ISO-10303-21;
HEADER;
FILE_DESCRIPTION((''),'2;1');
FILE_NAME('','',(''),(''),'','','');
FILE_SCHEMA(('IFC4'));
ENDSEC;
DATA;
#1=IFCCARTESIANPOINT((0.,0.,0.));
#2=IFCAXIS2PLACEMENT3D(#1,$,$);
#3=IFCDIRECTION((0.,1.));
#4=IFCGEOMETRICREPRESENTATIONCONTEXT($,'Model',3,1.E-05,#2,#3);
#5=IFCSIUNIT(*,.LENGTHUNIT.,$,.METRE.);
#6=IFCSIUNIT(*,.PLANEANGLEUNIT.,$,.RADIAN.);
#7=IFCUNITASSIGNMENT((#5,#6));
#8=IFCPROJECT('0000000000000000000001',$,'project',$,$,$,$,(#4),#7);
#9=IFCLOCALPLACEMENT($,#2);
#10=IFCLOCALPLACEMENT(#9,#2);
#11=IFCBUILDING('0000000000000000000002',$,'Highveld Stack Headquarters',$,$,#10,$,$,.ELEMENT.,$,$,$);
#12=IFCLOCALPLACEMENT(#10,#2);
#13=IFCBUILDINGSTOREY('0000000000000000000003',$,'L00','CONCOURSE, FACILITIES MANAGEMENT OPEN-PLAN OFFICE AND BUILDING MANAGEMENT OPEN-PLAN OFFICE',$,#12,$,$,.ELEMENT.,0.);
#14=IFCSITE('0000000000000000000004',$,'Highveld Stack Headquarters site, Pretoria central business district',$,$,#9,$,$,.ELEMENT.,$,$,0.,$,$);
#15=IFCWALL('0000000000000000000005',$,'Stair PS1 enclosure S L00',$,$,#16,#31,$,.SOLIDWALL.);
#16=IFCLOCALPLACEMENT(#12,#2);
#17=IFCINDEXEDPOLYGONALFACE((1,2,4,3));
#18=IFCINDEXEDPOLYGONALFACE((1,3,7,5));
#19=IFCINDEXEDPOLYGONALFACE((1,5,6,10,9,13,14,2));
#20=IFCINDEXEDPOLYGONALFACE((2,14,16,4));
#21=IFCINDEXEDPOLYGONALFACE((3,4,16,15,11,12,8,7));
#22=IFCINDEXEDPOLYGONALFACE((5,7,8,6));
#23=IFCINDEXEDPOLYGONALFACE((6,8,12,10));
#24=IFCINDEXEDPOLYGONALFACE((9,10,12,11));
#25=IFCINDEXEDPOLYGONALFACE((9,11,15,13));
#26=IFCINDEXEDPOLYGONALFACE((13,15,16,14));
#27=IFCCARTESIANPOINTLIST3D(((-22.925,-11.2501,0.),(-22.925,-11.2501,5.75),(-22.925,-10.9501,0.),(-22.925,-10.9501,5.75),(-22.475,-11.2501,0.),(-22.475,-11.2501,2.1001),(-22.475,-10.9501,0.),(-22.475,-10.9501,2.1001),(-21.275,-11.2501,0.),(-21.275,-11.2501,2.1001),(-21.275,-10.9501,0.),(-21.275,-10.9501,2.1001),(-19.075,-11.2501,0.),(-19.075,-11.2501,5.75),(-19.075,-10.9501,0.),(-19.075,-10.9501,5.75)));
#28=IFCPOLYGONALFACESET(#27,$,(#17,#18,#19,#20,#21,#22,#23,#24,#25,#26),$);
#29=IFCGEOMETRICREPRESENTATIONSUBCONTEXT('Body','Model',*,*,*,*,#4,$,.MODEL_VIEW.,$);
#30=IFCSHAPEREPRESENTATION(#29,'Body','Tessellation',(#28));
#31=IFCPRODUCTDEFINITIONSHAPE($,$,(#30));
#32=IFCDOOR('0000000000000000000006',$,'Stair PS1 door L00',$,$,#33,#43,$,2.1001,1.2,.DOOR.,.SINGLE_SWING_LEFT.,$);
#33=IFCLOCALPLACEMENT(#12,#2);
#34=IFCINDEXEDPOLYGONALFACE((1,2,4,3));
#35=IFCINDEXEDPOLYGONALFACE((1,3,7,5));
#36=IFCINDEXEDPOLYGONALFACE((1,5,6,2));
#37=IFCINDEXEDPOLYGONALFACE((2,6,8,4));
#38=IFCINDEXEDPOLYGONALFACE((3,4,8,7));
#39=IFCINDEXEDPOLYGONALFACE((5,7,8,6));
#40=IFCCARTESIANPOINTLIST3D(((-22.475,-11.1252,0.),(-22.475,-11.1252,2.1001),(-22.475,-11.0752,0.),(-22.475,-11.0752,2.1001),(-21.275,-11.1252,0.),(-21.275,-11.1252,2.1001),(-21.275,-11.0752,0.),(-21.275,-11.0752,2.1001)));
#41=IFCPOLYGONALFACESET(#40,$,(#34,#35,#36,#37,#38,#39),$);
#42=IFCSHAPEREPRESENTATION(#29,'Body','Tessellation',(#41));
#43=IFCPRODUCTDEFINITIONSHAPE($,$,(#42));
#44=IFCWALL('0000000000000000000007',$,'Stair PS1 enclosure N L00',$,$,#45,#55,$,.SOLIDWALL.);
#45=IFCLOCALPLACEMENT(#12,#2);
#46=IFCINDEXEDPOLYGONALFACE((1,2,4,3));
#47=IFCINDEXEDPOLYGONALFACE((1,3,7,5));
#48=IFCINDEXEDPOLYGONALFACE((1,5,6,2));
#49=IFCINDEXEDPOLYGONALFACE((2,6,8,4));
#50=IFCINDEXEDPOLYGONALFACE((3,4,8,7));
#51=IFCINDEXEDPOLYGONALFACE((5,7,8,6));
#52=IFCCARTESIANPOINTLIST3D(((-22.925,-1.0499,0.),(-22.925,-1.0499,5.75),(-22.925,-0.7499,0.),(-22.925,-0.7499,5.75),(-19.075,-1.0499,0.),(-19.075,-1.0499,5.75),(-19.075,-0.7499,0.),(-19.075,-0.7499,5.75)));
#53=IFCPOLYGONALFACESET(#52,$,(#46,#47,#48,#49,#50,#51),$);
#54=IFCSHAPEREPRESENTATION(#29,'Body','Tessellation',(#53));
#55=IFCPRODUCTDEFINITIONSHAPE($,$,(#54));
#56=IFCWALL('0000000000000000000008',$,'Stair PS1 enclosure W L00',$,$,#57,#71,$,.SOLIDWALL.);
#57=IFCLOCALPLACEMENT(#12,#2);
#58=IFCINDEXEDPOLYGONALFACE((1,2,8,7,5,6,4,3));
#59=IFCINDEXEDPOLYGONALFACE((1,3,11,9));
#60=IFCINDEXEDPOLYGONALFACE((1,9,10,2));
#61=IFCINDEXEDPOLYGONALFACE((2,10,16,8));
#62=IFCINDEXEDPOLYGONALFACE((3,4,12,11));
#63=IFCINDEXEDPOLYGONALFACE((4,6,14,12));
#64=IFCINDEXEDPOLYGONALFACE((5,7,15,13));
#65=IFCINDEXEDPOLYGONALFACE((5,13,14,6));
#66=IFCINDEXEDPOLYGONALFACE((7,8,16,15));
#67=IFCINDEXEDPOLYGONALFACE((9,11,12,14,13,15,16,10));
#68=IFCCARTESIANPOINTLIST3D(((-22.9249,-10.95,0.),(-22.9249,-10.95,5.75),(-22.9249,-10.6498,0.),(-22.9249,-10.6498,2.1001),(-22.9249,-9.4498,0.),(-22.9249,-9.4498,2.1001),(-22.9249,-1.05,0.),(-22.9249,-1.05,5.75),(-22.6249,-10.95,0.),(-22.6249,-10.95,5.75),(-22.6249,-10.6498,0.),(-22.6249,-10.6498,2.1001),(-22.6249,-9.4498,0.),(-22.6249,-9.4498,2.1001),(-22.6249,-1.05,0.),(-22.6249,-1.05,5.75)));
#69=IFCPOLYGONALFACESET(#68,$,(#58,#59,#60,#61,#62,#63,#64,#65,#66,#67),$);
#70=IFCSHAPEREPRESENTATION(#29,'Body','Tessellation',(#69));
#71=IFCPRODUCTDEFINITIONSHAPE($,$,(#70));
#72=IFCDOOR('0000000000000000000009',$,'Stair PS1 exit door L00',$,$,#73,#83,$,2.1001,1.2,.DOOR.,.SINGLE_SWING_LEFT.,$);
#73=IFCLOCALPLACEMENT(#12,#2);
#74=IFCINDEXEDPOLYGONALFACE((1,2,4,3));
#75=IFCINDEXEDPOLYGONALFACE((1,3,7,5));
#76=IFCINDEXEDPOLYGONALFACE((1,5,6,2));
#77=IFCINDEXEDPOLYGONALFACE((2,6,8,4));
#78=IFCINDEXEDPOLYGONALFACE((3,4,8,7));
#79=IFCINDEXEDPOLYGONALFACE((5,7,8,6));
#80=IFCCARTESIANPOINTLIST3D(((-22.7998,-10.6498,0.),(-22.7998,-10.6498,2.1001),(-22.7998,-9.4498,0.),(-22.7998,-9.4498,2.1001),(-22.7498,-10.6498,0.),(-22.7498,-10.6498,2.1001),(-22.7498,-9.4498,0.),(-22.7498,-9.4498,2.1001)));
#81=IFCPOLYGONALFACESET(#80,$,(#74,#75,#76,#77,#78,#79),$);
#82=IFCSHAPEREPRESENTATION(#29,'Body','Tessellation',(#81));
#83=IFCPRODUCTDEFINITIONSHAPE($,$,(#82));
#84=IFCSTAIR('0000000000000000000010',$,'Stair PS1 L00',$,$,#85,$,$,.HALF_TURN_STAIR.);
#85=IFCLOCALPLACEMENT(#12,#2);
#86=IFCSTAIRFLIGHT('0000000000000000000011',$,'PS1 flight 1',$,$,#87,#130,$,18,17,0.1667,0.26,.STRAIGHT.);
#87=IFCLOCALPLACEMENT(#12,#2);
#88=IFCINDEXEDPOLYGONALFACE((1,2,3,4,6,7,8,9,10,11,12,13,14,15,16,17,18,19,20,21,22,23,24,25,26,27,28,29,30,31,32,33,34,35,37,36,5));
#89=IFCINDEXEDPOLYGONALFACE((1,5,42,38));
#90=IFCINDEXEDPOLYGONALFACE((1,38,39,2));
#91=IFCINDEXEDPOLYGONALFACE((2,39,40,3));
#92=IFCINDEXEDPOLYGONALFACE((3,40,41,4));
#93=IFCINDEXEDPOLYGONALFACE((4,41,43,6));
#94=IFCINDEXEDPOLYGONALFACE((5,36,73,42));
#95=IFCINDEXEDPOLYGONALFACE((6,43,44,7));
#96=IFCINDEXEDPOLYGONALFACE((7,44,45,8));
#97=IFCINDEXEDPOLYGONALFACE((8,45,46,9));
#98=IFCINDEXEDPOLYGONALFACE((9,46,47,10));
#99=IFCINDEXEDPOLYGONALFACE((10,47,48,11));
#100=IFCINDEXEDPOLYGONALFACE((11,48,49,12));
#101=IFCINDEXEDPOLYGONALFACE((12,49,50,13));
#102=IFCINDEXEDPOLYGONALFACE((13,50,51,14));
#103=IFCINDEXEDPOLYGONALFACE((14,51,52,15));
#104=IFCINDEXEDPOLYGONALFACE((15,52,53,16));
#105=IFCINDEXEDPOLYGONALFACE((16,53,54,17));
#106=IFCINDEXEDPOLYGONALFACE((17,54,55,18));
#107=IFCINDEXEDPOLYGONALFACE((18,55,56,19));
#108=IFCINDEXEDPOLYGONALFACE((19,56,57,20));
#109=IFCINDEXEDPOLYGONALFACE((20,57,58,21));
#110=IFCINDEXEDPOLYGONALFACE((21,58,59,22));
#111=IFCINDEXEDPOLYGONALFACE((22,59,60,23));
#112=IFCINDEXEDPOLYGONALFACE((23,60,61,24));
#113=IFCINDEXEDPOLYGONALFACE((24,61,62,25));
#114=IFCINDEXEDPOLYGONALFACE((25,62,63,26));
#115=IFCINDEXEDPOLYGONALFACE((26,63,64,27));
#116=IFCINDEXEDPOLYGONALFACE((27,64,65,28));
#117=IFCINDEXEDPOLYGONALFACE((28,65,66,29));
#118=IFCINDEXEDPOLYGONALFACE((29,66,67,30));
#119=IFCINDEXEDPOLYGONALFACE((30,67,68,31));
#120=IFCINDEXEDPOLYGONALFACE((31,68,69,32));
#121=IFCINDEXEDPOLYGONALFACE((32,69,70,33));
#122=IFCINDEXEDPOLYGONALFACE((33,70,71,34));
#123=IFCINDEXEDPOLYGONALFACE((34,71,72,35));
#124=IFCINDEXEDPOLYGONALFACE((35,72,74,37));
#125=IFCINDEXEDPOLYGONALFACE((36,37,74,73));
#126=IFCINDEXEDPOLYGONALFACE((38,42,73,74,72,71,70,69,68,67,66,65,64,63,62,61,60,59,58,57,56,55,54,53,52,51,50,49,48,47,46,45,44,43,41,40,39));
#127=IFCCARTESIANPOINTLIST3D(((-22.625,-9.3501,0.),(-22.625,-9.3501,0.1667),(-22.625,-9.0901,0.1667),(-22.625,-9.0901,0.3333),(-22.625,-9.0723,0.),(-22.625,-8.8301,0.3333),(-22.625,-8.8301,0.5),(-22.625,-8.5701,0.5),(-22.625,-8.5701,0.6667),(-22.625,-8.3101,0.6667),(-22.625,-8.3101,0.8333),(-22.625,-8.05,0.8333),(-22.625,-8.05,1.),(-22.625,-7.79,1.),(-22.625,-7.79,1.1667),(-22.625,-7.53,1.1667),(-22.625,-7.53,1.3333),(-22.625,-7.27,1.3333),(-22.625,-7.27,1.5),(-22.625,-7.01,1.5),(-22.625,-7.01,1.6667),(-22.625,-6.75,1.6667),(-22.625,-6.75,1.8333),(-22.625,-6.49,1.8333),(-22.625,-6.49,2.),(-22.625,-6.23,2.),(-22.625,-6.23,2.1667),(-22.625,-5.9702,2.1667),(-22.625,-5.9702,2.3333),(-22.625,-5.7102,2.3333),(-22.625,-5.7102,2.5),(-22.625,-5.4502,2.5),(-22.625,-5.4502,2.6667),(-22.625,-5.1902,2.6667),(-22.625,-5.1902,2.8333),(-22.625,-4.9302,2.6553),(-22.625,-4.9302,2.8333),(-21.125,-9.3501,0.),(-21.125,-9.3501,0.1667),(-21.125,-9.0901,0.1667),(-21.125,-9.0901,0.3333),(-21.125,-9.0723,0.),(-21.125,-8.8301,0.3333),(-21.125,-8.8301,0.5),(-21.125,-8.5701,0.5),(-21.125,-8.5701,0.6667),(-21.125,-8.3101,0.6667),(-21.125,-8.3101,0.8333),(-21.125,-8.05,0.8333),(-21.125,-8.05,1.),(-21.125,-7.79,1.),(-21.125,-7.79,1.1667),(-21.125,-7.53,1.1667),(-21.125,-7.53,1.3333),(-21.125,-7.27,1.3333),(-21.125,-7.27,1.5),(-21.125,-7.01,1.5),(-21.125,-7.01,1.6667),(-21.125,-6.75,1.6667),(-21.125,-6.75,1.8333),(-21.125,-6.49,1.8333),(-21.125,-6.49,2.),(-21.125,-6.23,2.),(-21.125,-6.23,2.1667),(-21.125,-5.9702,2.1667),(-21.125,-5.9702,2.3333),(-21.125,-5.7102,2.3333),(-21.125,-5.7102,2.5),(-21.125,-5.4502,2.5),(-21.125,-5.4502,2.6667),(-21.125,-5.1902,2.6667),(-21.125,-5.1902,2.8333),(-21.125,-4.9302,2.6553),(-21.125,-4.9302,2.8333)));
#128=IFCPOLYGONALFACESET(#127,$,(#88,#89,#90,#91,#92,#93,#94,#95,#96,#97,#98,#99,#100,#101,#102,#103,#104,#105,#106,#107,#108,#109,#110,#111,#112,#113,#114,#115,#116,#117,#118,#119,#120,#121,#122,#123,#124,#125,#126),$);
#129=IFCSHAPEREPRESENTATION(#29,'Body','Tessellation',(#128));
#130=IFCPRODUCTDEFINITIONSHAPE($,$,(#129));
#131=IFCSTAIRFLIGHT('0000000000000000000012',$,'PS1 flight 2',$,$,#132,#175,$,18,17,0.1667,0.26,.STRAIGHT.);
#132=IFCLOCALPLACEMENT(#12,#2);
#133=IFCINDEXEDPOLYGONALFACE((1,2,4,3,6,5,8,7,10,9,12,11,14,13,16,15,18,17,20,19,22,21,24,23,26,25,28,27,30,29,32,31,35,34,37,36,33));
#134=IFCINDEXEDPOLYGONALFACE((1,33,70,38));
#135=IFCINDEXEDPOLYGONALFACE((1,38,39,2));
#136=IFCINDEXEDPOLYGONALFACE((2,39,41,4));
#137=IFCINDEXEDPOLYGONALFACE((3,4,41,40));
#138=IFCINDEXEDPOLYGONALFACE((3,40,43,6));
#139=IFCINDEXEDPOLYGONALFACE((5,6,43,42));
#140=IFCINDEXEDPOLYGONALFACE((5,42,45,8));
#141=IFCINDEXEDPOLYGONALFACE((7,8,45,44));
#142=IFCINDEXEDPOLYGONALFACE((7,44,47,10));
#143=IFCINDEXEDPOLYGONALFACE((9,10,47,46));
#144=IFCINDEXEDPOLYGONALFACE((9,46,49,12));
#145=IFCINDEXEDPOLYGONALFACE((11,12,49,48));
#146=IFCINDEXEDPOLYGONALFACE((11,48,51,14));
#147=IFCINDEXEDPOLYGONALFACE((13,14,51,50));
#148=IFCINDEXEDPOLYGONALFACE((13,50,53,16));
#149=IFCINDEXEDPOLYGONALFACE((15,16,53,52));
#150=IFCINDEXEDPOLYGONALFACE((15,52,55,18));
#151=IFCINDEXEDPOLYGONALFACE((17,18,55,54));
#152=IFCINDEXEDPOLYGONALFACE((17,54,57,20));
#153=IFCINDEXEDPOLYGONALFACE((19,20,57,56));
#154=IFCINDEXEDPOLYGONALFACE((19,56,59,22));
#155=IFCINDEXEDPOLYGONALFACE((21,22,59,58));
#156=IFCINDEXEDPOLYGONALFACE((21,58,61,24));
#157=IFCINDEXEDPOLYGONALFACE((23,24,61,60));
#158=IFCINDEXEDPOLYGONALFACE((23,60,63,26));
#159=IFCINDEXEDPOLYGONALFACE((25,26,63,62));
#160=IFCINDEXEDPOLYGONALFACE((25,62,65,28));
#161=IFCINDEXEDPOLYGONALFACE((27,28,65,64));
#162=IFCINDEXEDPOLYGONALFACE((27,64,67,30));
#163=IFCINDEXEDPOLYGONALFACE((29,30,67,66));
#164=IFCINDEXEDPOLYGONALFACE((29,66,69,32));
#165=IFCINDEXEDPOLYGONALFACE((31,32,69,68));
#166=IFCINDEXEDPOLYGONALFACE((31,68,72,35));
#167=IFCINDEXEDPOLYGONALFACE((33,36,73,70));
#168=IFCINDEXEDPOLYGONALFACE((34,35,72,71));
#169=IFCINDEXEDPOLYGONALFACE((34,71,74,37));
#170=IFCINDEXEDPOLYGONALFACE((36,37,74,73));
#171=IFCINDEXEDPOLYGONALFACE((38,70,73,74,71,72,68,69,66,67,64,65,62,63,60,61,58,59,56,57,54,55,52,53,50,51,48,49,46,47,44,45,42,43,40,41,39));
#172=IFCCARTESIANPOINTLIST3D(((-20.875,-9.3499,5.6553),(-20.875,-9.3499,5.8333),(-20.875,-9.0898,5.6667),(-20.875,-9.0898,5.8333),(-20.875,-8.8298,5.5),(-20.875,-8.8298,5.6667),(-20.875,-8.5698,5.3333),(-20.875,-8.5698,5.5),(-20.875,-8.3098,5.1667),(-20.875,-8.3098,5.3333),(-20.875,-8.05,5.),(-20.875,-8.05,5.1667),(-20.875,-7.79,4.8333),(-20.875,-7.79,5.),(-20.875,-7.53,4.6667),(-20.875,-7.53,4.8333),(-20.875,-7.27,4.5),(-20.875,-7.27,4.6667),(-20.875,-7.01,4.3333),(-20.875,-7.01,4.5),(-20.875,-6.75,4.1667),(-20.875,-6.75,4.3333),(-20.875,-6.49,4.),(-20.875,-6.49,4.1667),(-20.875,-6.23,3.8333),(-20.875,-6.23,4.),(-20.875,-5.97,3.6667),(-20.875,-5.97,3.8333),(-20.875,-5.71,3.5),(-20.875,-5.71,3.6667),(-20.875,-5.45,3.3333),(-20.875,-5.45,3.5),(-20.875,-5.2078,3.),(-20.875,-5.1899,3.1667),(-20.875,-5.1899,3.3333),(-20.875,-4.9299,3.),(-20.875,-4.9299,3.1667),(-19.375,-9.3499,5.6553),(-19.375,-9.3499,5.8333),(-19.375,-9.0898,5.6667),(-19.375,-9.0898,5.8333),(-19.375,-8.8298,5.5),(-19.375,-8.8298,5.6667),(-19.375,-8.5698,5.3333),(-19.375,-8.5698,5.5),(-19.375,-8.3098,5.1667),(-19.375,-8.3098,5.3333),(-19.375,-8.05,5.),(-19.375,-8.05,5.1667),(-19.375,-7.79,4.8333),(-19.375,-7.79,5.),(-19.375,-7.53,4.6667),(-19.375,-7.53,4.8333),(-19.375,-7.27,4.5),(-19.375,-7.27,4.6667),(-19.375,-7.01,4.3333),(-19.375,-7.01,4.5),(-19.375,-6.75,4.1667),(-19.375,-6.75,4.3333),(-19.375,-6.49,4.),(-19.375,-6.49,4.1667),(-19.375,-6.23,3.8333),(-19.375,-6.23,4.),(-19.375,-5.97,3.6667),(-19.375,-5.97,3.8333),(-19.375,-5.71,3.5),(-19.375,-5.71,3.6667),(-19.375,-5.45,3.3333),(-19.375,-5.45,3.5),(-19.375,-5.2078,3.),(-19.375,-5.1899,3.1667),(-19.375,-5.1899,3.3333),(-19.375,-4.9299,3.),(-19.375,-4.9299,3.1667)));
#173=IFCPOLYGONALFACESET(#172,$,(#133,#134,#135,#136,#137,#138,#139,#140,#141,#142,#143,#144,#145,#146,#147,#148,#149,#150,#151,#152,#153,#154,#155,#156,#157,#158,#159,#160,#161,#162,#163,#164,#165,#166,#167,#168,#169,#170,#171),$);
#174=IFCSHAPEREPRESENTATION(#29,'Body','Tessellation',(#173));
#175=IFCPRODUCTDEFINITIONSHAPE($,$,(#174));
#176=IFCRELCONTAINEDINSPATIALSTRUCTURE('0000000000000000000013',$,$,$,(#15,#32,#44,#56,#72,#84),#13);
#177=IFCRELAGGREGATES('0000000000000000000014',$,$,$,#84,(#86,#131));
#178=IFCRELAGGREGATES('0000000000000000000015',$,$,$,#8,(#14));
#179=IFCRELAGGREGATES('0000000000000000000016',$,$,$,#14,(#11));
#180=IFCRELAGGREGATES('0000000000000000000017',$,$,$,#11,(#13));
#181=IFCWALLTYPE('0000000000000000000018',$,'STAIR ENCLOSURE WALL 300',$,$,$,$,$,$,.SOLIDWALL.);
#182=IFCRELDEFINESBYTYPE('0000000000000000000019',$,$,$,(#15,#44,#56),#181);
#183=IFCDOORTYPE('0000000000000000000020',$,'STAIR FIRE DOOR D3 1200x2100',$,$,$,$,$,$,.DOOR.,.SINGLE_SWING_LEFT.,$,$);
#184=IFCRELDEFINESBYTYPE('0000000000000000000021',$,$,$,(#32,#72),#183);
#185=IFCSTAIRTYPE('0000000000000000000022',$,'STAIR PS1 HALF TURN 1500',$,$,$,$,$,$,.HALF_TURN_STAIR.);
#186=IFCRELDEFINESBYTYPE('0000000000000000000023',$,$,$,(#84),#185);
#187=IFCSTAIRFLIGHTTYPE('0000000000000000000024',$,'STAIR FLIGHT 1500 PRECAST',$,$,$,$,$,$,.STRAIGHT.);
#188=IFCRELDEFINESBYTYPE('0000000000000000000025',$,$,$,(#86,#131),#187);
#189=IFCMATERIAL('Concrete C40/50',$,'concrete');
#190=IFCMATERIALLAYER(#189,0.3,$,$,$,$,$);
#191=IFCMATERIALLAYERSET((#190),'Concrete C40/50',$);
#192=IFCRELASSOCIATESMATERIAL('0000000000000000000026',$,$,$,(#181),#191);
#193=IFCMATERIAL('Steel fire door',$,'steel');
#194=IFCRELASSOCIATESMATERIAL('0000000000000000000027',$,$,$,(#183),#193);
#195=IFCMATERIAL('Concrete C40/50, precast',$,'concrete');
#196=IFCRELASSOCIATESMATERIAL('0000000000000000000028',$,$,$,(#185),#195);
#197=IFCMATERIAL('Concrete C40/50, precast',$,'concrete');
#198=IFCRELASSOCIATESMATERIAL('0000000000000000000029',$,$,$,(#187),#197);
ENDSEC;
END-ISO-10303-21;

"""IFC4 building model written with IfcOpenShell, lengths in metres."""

from ifc_helpers import new_model, si_unit, direction, frame, frame_2d, origin, place, context, subcontext, project, spatial, polyline, rectangle, outline, extrude, material, layer, layer_set, type_object, element, fill, aggregate, save


model = new_model("IFC4")

# Units and contexts
model_context = context("Model", 3, precision=1e-05, world=origin(), true_north=direction((0.0, 1.0)))
body_context = subcontext(model_context, "Body", "Model", "MODEL_VIEW")
ifc_project = project(units=[si_unit("LENGTHUNIT", "METRE"), si_unit("PLANEANGLEUNIT", "RADIAN")], contexts=[model_context])

# Site, building, storey
site_placement = place(None, origin())
site = spatial("IfcSite", under=ifc_project, at=site_placement, Name="Highveld Stack Headquarters site, Pretoria central business district", CompositionType="ELEMENT", RefElevation=0.0)
building_placement = place(site_placement, origin())
building = spatial("IfcBuilding", under=site, at=building_placement, Name="Highveld Stack Headquarters", CompositionType="ELEMENT")
storey_placement = place(building_placement, origin())
storey = spatial("IfcBuildingStorey", under=building, at=storey_placement, Name="L00", Description="CONCOURSE, FACILITIES MANAGEMENT OPEN-PLAN OFFICE AND BUILDING MANAGEMENT OPEN-PLAN OFFICE", CompositionType="ELEMENT", Elevation=0.0)

# Wall, opening, door
ifc_material_1 = material(Name="Concrete C40/50", Category="concrete")
ifc_layer_1 = layer(ifc_material_1, 0.3)
ifc_layer_set_1 = layer_set([ifc_layer_1], Name="Concrete C40/50")
wall_type_1 = type_object("IfcWallType", Name="STAIR ENCLOSURE WALL 300", PredefinedType="SOLIDWALL", material=ifc_layer_set_1)
wall_1_placement = place(storey_placement, frame((-22.925, -11.1001, 0.0), z_axis=(0.0, 0.0, 1.0), x_axis=(1.0, 0.0, 0.0)))
wall_1 = element("IfcWall", 1, at=wall_1_placement, inside=storey, type_object=wall_type_1, Name="Stair PS1 enclosure S L00", PredefinedType="SOLIDWALL", context=body_context, shape_type="SweptSolid", body=[
    extrude(rectangle(XDim=3.8501, YDim=0.3, at=frame_2d((1.925, 0.0))), origin(), (0.0, 0.0, 1.0), 5.75),
])
opening_1_placement = place(wall_1_placement, frame((0.45, 0.0, 0.0)))
opening_1 = element("IfcOpeningElement", 2, at=opening_1_placement, cuts=wall_1, PredefinedType="OPENING", context=body_context, shape_type="SweptSolid", body=[
    extrude(rectangle(XDim=1.2, YDim=2.1001, at=frame_2d((0.6001, 1.05))), frame((0.0, 0.1599, 0.0), z_axis=(0.0, -1.0, 0.0), x_axis=(1.0, 0.0, 0.0)), (0.0, 0.0, 1.0), 0.3201),
])
ifc_material_2 = material(Name="Steel fire door", Category="steel")
door_type = type_object("IfcDoorType", Name="STAIR FIRE DOOR D3 1200x2100", OperationType="SINGLE_SWING_LEFT", PredefinedType="DOOR", material=ifc_material_2)
door_1_placement = place(opening_1_placement, origin())
door_1 = element("IfcDoor", 3, at=door_1_placement, inside=storey, type_object=door_type, Name="Stair PS1 door L00", OperationType="SINGLE_SWING_LEFT", OverallHeight=2.1001, OverallWidth=1.2, PredefinedType="DOOR", context=body_context, shape_type="SweptSolid", body=[
    extrude(rectangle(XDim=1.2, YDim=2.1001, at=frame_2d((0.6001, 1.05))), frame((0.0, 0.0249, 0.0), z_axis=(0.0, -1.0, 0.0), x_axis=(1.0, 0.0, 0.0)), (0.0, 0.0, 1.0), 0.05),
])
fill(opening_1, door_1)

# Wall
wall_2_placement = place(storey_placement, frame((-22.925, -0.8999, 0.0), z_axis=(0.0, 0.0, 1.0), x_axis=(1.0, 0.0, 0.0)))
element("IfcWall", 4, at=wall_2_placement, inside=storey, type_object=wall_type_1, Name="Stair PS1 enclosure N L00", PredefinedType="SOLIDWALL", context=body_context, shape_type="SweptSolid", body=[
    extrude(rectangle(XDim=3.8501, YDim=0.3, at=frame_2d((1.925, 0.0))), origin(), (0.0, 0.0, 1.0), 5.75),
])

# Wall, opening, door
wall_3_placement = place(storey_placement, frame((-22.7749, -10.95, 0.0), z_axis=(0.0, 0.0, 1.0), x_axis=(0.0, 1.0, 0.0)))
wall_3 = element("IfcWall", 5, at=wall_3_placement, inside=storey, type_object=wall_type_1, Name="Stair PS1 enclosure W L00", PredefinedType="SOLIDWALL", context=body_context, shape_type="SweptSolid", body=[
    extrude(rectangle(XDim=9.8999, YDim=0.3, at=frame_2d((4.95, 0.0))), origin(), (0.0, 0.0, 1.0), 5.75),
])
opening_2_placement = place(wall_3_placement, frame((0.3, 0.0, 0.0)))
opening_2 = element("IfcOpeningElement", 6, at=opening_2_placement, cuts=wall_3, PredefinedType="OPENING", context=body_context, shape_type="SweptSolid", body=[
    extrude(rectangle(XDim=1.2, YDim=2.1001, at=frame_2d((0.6001, 1.05))), frame((0.0, 0.1599, 0.0), z_axis=(0.0, -1.0, 0.0), x_axis=(1.0, 0.0, 0.0)), (0.0, 0.0, 1.0), 0.3201),
])
door_2_placement = place(opening_2_placement, origin())
door_2 = element("IfcDoor", 7, at=door_2_placement, inside=storey, type_object=door_type, Name="Stair PS1 exit door L00", OperationType="SINGLE_SWING_LEFT", OverallHeight=2.1001, OverallWidth=1.2, PredefinedType="DOOR", context=body_context, shape_type="SweptSolid", body=[
    extrude(rectangle(XDim=1.2, YDim=2.1001, at=frame_2d((0.6001, 1.05))), frame((0.0, 0.0249, 0.0), z_axis=(0.0, -1.0, 0.0), x_axis=(1.0, 0.0, 0.0)), (0.0, 0.0, 1.0), 0.05),
])
fill(opening_2, door_2)

# Stair, stair flights
ifc_material_3 = material(Name="Concrete C40/50, precast", Category="concrete")
stair_type = type_object("IfcStairType", Name="STAIR PS1 HALF TURN 1500", PredefinedType="HALF_TURN_STAIR", material=ifc_material_3)
stair_placement = place(storey_placement, origin())
stair = element("IfcStair", 8, at=stair_placement, inside=storey, type_object=stair_type, Name="Stair PS1 L00", PredefinedType="HALF_TURN_STAIR")
ifc_material_4 = material(Name="Concrete C40/50, precast", Category="concrete")
stair_flight_type = type_object("IfcStairFlightType", Name="STAIR FLIGHT 1500 PRECAST", PredefinedType="STRAIGHT", material=ifc_material_4)
stair_flight_1_placement = place(storey_placement, frame((-21.875, -9.3501, 0.0), z_axis=(0.0, 0.0, 1.0), x_axis=(0.0, 1.0, 0.0)))
stair_flight_1 = element("IfcStairFlight", 9, at=stair_flight_1_placement, type_object=stair_flight_type, Name="PS1 flight 1", NumberOfRisers=18, NumberOfTreads=17, PredefinedType="STRAIGHT", RiserHeight=0.1667, TreadLength=0.26, context=body_context, shape_type="SweptSolid", body=[
    extrude(outline(polyline([(0.0, 0.0), (0.0, 0.1667), (0.26, 0.1667), (0.26, 0.3333), (0.52, 0.3333), (0.52, 0.5), (0.78, 0.5), (0.78, 0.6667), (1.04, 0.6667), (1.04, 0.8333), (1.3, 0.8333), (1.3, 1.0), (1.5601, 1.0), (1.5601, 1.1667), (1.8201, 1.1667), (1.8201, 1.3333), (2.0801, 1.3333), (2.0801, 1.5), (2.3401, 1.5), (2.3401, 1.6667), (2.6001, 1.6667), (2.6001, 1.8333), (2.8601, 1.8333), (2.8601, 2.0), (3.1201, 2.0), (3.1201, 2.1667), (3.3799, 2.1667), (3.3799, 2.3333), (3.6399, 2.3333), (3.6399, 2.5), (3.8999, 2.5), (3.8999, 2.6667), (4.1599, 2.6667), (4.1599, 2.8333), (4.4199, 2.8333), (4.4199, 3.0), (4.4199, 2.6553), (0.2778, 0.0), (0.0, 0.0)])), frame((0.0, 0.75, 0.0), z_axis=(0.0, -1.0, 0.0), x_axis=(1.0, 0.0, 0.0)), (0.0, 0.0, 1.0), 1.5),
])
stair_flight_2_placement = place(storey_placement, frame((-20.125, -4.9299, 3.0), z_axis=(0.0, 0.0, 1.0), x_axis=(0.0, -1.0, 0.0)))
stair_flight_2 = element("IfcStairFlight", 10, at=stair_flight_2_placement, type_object=stair_flight_type, Name="PS1 flight 2", NumberOfRisers=18, NumberOfTreads=17, PredefinedType="STRAIGHT", RiserHeight=0.1667, TreadLength=0.26, context=body_context, shape_type="SweptSolid", body=[
    extrude(outline(polyline([(0.0, 0.0), (0.0, 0.1667), (0.26, 0.1667), (0.26, 0.3333), (0.52, 0.3333), (0.52, 0.5), (0.78, 0.5), (0.78, 0.6667), (1.04, 0.6667), (1.04, 0.8333), (1.3, 0.8333), (1.3, 1.0), (1.5601, 1.0), (1.5601, 1.1667), (1.8201, 1.1667), (1.8201, 1.3333), (2.0801, 1.3333), (2.0801, 1.5), (2.3401, 1.5), (2.3401, 1.6667), (2.6001, 1.6667), (2.6001, 1.8333), (2.8601, 1.8333), (2.8601, 2.0), (3.1201, 2.0), (3.1201, 2.1667), (3.3799, 2.1667), (3.3799, 2.3333), (3.6399, 2.3333), (3.6399, 2.5), (3.8999, 2.5), (3.8999, 2.6667), (4.1599, 2.6667), (4.1599, 2.8333), (4.4199, 2.8333), (4.4199, 3.0), (4.4199, 2.6553), (0.2778, 0.0), (0.0, 0.0)])), frame((0.0, 0.75, 0.0), z_axis=(0.0, -1.0, 0.0), x_axis=(1.0, 0.0, 0.0)), (0.0, 0.0, 1.0), 1.5),
])
aggregate(stair, [stair_flight_1, stair_flight_2])

save(model, "model.ifc")
